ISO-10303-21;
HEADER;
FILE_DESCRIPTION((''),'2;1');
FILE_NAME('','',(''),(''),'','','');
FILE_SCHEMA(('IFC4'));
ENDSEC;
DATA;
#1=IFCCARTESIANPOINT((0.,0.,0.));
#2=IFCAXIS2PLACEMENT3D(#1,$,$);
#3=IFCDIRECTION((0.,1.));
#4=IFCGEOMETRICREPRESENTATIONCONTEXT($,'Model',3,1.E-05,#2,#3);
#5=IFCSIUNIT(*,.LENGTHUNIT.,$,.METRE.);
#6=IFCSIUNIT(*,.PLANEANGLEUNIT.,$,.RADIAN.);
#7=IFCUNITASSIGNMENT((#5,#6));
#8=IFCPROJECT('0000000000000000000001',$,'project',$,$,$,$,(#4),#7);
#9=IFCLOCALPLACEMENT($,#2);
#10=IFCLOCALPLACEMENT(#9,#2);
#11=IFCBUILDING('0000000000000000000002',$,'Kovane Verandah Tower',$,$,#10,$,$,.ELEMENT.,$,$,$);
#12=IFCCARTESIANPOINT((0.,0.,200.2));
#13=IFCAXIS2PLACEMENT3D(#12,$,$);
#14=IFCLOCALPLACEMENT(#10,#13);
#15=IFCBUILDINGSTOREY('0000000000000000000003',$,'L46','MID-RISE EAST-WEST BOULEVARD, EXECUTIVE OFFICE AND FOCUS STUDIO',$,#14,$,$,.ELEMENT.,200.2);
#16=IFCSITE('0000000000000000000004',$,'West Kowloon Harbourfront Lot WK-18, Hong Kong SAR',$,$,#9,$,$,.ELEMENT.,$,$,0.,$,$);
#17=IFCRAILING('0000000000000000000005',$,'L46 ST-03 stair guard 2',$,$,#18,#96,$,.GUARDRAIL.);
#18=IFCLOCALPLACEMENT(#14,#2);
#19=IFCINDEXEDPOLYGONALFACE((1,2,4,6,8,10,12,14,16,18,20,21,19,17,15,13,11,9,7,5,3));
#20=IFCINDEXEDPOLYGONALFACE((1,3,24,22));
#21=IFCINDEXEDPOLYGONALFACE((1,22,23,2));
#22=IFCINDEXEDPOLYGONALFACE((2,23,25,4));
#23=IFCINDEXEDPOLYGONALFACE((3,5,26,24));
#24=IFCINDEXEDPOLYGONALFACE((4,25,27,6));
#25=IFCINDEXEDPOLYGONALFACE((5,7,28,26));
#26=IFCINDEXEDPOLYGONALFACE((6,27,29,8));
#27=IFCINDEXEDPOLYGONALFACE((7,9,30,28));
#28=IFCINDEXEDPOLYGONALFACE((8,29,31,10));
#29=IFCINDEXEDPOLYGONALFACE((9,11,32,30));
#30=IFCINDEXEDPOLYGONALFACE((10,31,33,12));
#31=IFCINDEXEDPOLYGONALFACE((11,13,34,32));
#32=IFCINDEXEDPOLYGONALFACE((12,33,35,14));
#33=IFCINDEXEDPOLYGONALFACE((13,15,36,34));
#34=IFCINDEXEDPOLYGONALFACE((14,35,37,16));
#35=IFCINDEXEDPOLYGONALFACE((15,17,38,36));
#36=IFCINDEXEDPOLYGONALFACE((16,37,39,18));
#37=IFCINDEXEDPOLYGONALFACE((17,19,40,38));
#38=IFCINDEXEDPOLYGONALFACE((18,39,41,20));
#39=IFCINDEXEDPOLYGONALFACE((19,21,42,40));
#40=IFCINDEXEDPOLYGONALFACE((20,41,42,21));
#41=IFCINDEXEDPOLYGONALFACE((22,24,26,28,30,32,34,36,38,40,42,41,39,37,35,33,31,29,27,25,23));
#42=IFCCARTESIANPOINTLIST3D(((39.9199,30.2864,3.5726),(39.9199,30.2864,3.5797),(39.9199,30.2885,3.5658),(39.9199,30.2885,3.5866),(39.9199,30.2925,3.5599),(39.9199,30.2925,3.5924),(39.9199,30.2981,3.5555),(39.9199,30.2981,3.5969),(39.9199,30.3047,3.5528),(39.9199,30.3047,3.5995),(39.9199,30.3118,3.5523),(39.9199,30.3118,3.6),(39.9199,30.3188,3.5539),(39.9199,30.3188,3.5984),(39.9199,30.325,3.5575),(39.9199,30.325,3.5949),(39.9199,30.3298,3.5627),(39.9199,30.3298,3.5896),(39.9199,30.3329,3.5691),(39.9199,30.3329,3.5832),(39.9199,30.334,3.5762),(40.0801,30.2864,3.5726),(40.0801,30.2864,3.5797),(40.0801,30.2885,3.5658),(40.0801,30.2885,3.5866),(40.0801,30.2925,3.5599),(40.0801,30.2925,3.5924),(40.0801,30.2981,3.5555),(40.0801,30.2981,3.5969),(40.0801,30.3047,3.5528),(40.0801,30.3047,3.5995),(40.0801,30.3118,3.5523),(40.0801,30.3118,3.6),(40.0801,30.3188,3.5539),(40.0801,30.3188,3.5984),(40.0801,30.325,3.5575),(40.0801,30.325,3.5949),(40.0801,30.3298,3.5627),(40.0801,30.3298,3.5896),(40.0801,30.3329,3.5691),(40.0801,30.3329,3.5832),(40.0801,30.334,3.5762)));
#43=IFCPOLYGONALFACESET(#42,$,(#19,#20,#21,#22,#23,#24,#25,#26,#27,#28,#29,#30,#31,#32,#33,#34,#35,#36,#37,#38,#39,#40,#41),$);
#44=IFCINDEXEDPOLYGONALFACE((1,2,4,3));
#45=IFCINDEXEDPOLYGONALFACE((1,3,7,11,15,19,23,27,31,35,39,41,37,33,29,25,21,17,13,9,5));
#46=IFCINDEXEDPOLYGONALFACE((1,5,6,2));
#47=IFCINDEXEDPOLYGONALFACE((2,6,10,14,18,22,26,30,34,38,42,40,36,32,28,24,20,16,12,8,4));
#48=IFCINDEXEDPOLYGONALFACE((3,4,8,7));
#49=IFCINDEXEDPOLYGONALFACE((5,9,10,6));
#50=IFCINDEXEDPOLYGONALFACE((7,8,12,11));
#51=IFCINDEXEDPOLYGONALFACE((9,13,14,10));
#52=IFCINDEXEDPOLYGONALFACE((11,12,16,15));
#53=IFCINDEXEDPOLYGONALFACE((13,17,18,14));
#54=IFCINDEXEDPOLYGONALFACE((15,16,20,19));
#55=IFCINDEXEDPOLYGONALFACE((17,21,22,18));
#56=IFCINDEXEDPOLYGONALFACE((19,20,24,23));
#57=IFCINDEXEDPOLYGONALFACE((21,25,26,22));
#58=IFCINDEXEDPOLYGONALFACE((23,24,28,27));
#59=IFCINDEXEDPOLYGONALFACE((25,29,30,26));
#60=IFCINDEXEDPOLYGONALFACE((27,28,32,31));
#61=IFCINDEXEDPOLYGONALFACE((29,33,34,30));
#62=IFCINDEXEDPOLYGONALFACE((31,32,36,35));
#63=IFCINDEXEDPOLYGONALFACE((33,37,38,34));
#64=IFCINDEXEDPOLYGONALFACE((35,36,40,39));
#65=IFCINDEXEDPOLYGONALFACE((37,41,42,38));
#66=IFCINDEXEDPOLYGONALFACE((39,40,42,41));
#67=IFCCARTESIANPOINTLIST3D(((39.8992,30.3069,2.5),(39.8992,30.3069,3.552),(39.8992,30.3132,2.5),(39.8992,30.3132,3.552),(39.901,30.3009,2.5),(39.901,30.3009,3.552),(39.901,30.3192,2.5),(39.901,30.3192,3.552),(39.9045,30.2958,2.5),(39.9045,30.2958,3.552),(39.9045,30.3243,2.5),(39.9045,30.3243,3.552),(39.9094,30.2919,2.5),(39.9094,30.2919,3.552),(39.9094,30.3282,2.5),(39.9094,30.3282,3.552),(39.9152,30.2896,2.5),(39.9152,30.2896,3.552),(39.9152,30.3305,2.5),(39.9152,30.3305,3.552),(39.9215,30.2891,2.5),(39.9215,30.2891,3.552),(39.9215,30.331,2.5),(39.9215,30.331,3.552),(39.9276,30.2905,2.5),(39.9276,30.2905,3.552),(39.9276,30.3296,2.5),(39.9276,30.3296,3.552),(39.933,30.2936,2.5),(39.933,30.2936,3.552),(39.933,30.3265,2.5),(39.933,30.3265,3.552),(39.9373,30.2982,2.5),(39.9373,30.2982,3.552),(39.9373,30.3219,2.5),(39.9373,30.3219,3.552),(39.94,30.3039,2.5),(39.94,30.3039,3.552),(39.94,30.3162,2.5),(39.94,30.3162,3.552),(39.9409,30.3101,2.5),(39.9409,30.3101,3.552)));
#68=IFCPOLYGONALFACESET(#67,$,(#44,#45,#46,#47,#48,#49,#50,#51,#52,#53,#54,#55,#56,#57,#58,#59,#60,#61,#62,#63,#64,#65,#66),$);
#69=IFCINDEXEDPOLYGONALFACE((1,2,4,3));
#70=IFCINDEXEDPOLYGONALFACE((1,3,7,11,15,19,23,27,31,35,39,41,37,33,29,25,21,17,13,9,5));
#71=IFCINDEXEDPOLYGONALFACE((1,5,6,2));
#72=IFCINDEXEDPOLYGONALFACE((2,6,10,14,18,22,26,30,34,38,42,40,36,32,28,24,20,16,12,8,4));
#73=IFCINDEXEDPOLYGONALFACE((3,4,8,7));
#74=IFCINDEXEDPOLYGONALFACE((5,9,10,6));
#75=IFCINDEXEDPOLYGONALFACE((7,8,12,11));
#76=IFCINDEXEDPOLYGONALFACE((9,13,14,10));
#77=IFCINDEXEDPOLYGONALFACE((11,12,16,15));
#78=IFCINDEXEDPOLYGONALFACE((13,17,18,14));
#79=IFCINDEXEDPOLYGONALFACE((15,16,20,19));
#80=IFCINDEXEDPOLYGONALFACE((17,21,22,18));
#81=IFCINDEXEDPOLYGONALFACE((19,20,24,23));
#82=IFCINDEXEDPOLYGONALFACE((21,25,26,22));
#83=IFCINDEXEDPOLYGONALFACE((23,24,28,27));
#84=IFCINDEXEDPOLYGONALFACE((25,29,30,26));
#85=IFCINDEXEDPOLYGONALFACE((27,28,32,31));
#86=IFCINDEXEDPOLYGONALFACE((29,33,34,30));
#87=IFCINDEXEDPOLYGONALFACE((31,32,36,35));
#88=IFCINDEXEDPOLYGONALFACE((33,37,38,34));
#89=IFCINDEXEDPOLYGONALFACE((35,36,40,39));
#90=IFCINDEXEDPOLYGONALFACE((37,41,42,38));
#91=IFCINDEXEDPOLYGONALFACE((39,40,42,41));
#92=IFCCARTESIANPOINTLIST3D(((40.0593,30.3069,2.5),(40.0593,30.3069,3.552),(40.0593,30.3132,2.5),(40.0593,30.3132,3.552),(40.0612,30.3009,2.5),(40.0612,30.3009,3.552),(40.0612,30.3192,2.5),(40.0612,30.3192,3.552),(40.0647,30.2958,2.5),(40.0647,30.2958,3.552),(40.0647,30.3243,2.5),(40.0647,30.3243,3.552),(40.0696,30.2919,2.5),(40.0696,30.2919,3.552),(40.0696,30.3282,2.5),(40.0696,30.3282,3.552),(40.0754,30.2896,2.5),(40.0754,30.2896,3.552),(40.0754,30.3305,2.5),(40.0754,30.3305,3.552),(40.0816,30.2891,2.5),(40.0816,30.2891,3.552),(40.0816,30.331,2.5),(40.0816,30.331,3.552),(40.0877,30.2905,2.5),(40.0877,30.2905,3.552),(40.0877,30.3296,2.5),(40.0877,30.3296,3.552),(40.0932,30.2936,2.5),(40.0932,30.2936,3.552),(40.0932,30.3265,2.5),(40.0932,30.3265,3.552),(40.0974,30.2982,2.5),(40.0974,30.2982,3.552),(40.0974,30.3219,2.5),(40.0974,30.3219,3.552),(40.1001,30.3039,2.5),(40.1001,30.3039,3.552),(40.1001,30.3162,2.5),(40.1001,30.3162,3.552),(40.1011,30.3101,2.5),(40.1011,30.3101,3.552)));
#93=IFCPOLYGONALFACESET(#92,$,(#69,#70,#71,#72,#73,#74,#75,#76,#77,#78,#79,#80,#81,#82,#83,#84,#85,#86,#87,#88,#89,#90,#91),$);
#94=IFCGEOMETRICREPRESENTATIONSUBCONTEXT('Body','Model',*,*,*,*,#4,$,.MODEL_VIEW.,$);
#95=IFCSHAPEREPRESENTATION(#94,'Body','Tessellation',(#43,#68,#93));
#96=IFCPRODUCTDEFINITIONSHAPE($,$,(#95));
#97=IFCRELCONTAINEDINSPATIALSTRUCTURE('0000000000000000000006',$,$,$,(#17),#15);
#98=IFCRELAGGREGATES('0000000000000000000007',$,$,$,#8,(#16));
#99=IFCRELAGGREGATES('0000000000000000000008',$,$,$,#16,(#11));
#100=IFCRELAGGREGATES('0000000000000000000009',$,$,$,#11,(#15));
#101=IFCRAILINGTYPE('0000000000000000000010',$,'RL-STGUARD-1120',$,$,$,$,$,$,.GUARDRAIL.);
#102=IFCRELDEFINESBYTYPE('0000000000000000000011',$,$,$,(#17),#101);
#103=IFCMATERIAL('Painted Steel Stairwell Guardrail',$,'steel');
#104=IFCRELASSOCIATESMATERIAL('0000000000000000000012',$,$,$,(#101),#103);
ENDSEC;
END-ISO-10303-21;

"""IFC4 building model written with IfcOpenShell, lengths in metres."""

from ifc_helpers import new_model, si_unit, direction, frame, origin, origin_2d, place, context, subcontext, project, spatial, circle, extrude, material, type_object, element, save


model = new_model("IFC4")

# Units and contexts
model_context = context("Model", 3, precision=1e-05, world=origin(), true_north=direction((0.0, 1.0)))
body_context = subcontext(model_context, "Body", "Model", "MODEL_VIEW")
ifc_project = project(units=[si_unit("LENGTHUNIT", "METRE"), si_unit("PLANEANGLEUNIT", "RADIAN")], contexts=[model_context])

# Site, building, storey
site_placement = place(None, origin())
site = spatial("IfcSite", under=ifc_project, at=site_placement, Name="West Kowloon Harbourfront Lot WK-18, Hong Kong SAR", CompositionType="ELEMENT", RefElevation=0.0)
building_placement = place(site_placement, origin())
building = spatial("IfcBuilding", under=site, at=building_placement, Name="Kovane Verandah Tower", CompositionType="ELEMENT")
storey_placement = place(building_placement, frame((0.0, 0.0, 200.2)))
storey = spatial("IfcBuildingStorey", under=building, at=storey_placement, Name="L46", Description="MID-RISE EAST-WEST BOULEVARD, EXECUTIVE OFFICE AND FOCUS STUDIO", CompositionType="ELEMENT", Elevation=200.2)

# Railing
ifc_material_1 = material(Name="Painted Steel Stairwell Guardrail", Category="steel")
railing_type_1 = type_object("IfcRailingType", Name="RL-STGUARD-1120", PredefinedType="GUARDRAIL", material=ifc_material_1)
railing_1_placement = place(storey_placement, frame((39.9199, 30.3101, 2.5)))
element("IfcRailing", 1, at=railing_1_placement, inside=storey, type_object=railing_type_1, Name="L46 ST-03 stair guard 2", PredefinedType="GUARDRAIL", context=body_context, shape_type="SweptSolid", body=[
    extrude(circle(Radius=0.0239, at=origin_2d()), frame((0.0, 0.0, 1.0762), z_axis=(1.0, 0.0, 0.0), x_axis=(0.0, 1.0, 0.0)), (0.0, 0.0, 1.0), 0.1602),
    extrude(circle(Radius=0.021, at=origin_2d()), origin(), (0.0, 0.0, 1.0), 1.052),
    extrude(circle(Radius=0.021, at=origin_2d()), frame((0.1602, 0.0, 0.0)), (0.0, 0.0, 1.0), 1.052),
])

save(model, "model.ifc")
